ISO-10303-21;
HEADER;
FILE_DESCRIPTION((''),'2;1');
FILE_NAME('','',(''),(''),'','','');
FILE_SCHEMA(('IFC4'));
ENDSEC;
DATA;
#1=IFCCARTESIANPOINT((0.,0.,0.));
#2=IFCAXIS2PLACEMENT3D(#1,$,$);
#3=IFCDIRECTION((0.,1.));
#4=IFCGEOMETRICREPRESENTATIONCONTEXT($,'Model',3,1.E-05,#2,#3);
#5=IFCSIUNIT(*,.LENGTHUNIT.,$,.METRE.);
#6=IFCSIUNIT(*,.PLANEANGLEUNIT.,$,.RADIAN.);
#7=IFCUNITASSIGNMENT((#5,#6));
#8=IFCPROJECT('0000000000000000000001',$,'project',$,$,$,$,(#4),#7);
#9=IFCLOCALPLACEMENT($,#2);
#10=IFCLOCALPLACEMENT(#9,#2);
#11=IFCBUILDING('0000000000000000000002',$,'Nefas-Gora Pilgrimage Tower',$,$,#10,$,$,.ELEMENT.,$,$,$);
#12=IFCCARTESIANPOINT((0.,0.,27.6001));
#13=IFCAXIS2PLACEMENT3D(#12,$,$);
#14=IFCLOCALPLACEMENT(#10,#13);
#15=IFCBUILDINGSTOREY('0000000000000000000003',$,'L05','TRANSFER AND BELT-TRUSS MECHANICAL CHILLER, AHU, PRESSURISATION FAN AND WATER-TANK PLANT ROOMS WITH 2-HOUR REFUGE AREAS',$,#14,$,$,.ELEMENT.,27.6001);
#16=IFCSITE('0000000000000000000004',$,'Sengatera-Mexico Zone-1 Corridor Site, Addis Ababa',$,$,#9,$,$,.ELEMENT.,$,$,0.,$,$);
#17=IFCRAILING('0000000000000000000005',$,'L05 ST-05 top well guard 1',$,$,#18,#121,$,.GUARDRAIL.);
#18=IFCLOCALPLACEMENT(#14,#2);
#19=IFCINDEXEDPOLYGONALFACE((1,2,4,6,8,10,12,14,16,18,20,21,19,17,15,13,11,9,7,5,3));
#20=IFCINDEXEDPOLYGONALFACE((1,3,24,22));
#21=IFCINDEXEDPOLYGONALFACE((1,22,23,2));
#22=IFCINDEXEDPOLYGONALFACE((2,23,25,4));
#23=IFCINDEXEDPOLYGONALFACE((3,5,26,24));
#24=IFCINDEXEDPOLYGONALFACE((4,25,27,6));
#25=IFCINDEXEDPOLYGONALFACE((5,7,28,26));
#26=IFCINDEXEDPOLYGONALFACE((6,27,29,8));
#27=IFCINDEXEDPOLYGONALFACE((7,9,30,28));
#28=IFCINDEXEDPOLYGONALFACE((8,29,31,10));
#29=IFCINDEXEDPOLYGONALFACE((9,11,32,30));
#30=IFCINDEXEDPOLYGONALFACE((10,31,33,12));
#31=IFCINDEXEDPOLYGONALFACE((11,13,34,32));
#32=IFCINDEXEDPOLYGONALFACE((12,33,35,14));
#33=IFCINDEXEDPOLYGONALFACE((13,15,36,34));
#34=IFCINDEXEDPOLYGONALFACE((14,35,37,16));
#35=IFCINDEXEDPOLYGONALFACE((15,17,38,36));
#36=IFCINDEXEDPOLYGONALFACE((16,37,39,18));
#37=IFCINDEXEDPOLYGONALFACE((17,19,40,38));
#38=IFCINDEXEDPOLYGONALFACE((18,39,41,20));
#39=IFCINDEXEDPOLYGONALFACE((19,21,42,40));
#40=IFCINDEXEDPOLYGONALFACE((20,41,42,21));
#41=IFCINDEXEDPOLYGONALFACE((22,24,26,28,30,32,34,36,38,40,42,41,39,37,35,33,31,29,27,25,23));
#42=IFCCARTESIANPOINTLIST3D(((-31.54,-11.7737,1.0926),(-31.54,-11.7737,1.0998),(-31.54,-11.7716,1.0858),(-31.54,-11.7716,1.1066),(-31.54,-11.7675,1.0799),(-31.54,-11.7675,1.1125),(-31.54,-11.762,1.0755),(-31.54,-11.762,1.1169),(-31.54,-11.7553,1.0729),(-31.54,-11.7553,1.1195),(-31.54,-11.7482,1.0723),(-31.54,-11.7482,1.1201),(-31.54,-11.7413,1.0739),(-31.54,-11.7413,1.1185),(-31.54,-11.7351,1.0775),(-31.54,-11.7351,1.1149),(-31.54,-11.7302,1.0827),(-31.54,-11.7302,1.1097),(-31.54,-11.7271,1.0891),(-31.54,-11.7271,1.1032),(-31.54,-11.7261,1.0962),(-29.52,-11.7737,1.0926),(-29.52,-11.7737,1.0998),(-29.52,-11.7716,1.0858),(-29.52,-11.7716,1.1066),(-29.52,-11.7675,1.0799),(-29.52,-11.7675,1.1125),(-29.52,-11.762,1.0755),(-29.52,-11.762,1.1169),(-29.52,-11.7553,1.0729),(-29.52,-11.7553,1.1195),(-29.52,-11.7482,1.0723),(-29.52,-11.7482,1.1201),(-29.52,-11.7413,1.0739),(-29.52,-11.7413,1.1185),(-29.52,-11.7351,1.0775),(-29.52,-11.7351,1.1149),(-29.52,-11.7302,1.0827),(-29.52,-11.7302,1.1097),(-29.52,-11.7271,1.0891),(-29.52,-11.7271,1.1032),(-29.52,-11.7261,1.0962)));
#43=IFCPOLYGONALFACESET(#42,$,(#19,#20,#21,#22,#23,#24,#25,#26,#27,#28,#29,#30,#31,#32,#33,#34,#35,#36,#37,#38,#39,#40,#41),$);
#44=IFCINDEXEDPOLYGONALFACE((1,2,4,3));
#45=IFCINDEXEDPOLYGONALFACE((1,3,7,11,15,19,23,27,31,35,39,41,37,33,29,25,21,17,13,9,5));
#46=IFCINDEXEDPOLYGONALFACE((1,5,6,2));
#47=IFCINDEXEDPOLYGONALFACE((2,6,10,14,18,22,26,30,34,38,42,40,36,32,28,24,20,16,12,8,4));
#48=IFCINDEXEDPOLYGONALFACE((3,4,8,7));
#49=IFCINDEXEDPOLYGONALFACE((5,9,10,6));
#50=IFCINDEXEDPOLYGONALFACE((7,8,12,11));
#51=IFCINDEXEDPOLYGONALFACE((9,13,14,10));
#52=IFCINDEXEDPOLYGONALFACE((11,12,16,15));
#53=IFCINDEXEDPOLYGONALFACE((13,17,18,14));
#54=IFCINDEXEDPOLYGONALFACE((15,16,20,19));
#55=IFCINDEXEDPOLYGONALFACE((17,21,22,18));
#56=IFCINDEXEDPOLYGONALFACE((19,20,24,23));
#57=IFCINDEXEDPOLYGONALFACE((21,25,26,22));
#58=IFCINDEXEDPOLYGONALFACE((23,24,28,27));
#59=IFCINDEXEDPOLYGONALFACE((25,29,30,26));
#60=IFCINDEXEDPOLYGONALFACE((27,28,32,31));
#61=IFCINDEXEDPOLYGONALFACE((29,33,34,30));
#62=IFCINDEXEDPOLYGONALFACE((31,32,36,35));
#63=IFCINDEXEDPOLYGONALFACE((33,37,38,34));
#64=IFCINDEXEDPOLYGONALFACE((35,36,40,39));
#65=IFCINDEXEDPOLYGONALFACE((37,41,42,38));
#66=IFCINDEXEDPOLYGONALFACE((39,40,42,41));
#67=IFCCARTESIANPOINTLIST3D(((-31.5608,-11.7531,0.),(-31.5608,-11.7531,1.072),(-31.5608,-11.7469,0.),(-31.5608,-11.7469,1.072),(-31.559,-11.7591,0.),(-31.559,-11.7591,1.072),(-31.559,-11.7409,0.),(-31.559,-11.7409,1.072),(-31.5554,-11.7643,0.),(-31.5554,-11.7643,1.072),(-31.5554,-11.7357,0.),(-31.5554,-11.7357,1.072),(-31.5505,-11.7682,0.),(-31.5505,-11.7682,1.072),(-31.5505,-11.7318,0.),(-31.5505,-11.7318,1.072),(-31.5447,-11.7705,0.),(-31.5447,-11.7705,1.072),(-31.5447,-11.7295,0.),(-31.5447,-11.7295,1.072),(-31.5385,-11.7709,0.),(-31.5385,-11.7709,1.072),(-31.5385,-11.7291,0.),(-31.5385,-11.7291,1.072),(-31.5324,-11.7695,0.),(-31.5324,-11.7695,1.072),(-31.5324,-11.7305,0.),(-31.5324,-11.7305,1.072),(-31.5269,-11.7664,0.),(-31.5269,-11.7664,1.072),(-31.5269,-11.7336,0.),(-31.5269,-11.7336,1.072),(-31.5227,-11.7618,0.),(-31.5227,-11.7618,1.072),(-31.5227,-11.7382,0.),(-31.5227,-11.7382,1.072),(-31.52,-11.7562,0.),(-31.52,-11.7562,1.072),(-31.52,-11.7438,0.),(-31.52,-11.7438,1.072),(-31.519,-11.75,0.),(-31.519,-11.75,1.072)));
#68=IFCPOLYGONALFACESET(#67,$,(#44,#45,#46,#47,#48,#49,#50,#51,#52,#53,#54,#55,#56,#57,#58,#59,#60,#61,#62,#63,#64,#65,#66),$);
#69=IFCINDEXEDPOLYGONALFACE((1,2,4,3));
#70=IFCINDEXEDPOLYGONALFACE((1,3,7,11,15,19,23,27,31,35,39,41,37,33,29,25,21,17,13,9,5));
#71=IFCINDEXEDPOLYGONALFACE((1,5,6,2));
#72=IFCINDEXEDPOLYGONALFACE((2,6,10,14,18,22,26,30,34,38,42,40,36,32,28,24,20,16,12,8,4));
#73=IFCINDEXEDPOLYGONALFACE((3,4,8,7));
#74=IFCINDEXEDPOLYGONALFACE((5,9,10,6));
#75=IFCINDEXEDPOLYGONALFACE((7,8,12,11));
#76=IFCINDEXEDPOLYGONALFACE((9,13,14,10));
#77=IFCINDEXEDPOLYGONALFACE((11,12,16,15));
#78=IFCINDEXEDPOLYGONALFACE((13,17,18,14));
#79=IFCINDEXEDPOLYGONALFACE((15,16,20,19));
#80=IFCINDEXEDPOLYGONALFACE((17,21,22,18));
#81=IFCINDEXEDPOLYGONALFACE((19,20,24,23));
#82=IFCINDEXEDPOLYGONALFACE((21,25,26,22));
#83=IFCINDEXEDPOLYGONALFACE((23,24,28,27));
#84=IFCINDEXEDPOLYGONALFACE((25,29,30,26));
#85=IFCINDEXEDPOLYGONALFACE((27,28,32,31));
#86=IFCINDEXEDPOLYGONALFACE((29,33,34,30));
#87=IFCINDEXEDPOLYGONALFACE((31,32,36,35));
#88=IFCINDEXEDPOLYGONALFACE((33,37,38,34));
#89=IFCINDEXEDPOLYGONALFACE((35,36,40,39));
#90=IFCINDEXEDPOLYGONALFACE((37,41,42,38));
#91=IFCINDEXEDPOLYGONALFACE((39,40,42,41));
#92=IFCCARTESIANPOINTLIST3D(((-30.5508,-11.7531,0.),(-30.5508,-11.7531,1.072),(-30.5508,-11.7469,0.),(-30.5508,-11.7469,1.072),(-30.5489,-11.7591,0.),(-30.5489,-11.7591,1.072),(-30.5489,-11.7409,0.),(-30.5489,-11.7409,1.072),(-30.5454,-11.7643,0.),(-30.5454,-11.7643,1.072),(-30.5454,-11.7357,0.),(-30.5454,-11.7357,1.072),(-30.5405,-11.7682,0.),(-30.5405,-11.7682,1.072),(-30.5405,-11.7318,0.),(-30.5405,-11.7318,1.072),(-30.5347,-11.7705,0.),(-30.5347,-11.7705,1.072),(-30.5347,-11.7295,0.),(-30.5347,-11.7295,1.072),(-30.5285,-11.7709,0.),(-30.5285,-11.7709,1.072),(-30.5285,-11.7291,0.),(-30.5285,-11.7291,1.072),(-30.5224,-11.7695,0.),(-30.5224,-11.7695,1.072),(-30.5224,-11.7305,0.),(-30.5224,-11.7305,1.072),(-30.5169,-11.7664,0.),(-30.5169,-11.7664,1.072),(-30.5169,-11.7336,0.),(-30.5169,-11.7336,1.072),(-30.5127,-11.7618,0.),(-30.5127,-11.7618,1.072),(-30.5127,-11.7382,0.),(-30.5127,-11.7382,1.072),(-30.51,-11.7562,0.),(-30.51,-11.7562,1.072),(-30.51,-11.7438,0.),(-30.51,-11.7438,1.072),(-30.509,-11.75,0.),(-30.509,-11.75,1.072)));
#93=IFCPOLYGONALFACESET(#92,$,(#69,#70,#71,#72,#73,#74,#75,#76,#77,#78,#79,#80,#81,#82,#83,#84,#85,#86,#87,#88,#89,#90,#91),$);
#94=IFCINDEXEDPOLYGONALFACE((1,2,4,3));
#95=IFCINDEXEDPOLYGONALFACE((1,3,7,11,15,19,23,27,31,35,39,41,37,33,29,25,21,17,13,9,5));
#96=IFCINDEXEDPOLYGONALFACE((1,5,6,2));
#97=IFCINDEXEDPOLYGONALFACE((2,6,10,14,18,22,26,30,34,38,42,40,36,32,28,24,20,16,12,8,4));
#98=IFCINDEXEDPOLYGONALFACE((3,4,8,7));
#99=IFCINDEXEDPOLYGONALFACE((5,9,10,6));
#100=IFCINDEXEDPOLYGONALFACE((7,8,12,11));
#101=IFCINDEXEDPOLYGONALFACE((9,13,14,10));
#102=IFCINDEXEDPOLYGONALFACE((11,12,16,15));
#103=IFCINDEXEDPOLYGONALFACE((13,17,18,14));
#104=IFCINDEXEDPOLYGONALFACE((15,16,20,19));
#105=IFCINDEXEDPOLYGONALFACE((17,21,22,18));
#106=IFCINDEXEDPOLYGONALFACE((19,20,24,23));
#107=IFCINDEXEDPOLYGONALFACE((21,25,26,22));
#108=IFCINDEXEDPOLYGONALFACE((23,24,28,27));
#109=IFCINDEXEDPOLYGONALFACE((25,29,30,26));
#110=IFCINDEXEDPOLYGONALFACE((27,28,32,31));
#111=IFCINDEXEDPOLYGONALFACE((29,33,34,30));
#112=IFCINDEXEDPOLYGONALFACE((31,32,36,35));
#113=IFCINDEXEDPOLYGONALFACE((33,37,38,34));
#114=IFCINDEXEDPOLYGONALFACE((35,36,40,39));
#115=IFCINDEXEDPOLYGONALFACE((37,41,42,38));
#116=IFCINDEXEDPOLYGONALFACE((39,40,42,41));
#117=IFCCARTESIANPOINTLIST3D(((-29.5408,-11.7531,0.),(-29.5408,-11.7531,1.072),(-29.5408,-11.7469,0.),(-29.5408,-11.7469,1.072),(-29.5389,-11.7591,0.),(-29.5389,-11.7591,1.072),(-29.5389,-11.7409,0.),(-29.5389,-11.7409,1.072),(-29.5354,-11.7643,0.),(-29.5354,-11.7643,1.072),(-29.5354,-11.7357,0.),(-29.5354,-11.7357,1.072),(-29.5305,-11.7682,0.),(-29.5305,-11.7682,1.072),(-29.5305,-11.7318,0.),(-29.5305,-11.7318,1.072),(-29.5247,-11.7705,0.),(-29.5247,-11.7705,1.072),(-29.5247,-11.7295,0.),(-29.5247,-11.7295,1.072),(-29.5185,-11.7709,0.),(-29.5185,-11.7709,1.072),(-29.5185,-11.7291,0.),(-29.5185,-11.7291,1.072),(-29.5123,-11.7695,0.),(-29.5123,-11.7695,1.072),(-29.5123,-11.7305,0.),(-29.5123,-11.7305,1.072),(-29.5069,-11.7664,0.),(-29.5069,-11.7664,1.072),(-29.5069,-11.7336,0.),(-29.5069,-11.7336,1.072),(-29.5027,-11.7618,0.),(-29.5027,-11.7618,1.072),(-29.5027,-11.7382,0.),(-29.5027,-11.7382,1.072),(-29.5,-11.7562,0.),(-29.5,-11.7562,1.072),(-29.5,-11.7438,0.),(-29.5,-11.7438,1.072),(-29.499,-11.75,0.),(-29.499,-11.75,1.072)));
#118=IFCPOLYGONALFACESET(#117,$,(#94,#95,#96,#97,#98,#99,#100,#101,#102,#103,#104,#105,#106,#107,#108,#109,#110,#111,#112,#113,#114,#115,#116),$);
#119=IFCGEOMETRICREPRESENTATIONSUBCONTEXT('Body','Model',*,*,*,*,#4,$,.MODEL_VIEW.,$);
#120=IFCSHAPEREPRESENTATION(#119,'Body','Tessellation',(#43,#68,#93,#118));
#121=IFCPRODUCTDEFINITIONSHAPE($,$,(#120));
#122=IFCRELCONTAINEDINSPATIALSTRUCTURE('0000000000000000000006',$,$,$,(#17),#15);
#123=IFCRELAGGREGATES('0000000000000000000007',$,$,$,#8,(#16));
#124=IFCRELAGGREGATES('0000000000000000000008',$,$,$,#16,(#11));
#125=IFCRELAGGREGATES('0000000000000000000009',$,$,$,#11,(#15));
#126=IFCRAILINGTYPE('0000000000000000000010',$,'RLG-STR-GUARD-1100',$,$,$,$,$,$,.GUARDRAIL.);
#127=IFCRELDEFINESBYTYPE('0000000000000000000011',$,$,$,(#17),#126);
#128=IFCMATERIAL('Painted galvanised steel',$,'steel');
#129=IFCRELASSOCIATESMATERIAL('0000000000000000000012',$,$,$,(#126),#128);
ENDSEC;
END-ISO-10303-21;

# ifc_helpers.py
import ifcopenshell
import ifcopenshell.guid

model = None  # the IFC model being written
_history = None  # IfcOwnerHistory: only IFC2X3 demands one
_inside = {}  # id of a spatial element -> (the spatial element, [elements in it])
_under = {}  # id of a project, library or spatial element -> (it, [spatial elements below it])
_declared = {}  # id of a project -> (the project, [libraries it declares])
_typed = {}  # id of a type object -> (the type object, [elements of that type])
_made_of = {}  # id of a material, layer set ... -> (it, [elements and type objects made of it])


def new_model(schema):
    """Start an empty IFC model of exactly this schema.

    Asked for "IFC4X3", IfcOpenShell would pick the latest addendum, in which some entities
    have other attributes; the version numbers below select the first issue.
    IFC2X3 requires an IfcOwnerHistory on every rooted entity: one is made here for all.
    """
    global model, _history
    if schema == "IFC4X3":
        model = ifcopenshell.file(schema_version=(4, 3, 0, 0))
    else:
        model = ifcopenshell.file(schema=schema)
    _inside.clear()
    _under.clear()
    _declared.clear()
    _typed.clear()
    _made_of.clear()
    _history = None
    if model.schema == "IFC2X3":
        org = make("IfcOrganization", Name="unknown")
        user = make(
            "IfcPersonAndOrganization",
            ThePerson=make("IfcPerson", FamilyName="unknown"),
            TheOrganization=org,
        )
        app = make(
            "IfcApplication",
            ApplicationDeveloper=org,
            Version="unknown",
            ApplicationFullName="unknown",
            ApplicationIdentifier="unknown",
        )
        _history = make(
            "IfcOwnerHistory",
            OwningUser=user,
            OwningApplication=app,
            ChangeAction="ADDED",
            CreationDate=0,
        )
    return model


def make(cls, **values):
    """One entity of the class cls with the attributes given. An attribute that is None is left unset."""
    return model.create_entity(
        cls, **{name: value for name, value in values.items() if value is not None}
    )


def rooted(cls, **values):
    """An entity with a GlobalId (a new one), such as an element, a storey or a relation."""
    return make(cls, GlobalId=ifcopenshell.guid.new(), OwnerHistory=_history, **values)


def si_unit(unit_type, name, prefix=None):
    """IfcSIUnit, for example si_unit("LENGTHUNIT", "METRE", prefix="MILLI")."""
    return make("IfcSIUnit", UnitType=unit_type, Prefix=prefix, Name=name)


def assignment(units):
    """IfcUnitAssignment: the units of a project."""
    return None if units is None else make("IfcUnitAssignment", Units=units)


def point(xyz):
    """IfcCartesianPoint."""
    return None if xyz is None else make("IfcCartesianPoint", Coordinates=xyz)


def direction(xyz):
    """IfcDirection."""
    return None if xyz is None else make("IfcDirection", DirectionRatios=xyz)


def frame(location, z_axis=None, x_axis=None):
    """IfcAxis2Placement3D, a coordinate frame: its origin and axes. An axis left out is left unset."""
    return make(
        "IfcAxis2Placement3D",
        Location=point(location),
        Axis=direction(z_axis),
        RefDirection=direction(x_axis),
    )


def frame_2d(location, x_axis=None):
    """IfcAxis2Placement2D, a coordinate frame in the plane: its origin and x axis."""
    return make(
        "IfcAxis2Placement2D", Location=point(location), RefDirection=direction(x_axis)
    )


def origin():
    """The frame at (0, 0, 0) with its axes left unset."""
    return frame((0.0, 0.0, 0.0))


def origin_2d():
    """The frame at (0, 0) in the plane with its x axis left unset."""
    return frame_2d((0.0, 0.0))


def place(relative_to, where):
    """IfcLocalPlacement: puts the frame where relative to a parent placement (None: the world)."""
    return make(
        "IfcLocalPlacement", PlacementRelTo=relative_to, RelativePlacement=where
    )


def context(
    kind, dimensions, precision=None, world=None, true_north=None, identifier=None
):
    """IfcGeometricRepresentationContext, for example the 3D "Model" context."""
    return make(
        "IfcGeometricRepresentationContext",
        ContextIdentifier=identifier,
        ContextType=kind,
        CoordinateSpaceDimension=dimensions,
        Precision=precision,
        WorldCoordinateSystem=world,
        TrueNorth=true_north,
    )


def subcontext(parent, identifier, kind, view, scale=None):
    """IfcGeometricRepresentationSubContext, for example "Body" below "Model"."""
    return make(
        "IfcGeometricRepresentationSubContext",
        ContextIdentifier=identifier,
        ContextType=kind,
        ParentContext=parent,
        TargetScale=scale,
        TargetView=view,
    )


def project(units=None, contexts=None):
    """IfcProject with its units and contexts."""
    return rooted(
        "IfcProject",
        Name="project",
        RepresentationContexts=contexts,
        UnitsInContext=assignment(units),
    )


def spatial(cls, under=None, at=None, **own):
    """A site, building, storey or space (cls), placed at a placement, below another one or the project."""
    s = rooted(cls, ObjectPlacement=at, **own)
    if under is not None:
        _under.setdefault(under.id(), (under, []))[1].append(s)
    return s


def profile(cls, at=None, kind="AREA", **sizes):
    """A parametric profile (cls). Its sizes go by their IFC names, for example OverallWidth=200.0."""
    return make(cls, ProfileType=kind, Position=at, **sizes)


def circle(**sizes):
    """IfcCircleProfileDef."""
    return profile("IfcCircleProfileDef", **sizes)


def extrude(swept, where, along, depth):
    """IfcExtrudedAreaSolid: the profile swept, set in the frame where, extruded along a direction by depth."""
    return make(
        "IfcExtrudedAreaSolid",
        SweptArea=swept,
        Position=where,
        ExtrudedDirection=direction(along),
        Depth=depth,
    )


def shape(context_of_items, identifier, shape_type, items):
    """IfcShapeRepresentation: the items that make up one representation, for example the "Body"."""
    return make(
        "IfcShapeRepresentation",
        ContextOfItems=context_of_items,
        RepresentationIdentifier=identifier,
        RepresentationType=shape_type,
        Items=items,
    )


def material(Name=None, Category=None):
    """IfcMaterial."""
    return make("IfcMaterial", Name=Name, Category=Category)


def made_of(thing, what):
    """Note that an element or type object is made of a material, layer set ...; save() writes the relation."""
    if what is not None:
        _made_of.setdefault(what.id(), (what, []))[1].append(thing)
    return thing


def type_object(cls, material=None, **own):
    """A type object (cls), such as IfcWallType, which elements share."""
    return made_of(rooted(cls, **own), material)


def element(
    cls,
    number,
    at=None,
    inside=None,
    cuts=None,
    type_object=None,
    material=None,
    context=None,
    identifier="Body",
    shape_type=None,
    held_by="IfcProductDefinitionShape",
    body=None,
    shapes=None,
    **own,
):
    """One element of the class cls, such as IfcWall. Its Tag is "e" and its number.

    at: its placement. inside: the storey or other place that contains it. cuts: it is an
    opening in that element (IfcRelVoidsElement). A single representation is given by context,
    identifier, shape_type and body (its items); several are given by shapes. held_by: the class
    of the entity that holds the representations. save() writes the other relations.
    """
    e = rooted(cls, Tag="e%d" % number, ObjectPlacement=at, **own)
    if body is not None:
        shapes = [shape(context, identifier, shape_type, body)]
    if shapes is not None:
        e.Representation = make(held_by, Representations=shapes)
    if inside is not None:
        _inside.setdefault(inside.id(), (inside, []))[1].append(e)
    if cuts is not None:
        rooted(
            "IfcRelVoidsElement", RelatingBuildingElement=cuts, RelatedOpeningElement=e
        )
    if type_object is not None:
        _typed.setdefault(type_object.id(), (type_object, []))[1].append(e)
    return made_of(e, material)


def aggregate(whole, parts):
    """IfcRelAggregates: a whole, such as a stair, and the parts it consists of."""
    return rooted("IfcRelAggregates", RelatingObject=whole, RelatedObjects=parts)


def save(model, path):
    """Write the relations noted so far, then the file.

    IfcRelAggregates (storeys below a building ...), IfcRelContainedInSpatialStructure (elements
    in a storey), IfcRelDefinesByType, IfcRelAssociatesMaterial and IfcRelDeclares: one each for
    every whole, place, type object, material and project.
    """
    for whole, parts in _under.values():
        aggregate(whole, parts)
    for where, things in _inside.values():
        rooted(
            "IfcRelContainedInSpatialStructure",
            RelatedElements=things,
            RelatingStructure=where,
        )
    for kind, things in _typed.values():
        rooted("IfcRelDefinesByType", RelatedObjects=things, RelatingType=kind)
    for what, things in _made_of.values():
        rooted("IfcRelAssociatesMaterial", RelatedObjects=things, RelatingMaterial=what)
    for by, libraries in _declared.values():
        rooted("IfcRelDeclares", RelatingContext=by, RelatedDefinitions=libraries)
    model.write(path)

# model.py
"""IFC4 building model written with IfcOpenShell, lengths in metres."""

from ifc_helpers import new_model, si_unit, direction, frame, origin, origin_2d, place, context, subcontext, project, spatial, circle, extrude, material, type_object, element, save


model = new_model("IFC4")

# Units and contexts
model_context = context("Model", 3, precision=1e-05, world=origin(), true_north=direction((0.0, 1.0)))
body_context = subcontext(model_context, "Body", "Model", "MODEL_VIEW")
ifc_project = project(units=[si_unit("LENGTHUNIT", "METRE"), si_unit("PLANEANGLEUNIT", "RADIAN")], contexts=[model_context])

# Site, building, storey
site_placement = place(None, origin())
site = spatial("IfcSite", under=ifc_project, at=site_placement, Name="Sengatera-Mexico Zone-1 Corridor Site, Addis Ababa", CompositionType="ELEMENT", RefElevation=0.0)
building_placement = place(site_placement, origin())
building = spatial("IfcBuilding", under=site, at=building_placement, Name="Nefas-Gora Pilgrimage Tower", CompositionType="ELEMENT")
storey_placement = place(building_placement, frame((0.0, 0.0, 27.6001)))
storey = spatial("IfcBuildingStorey", under=building, at=storey_placement, Name="L05", Description="TRANSFER AND BELT-TRUSS MECHANICAL CHILLER, AHU, PRESSURISATION FAN AND WATER-TANK PLANT ROOMS WITH 2-HOUR REFUGE AREAS", CompositionType="ELEMENT", Elevation=27.6001)

# Railing
ifc_material_1 = material(Name="Painted galvanised steel", Category="steel")
railing_type = type_object("IfcRailingType", Name="RLG-STR-GUARD-1100", PredefinedType="GUARDRAIL", material=ifc_material_1)
railing_placement = place(storey_placement, frame((-31.54, -11.75, 0.0)))
element("IfcRailing", 1, at=railing_placement, inside=storey, type_object=railing_type, Name="L05 ST-05 top well guard 1", PredefinedType="GUARDRAIL", context=body_context, shape_type="SweptSolid", body=[
    extrude(circle(Radius=0.0239, at=origin_2d()), frame((0.0, 0.0, 1.0962), z_axis=(1.0, 0.0, 0.0), x_axis=(0.0, 1.0, 0.0)), (0.0, 0.0, 1.0), 2.02),
    extrude(circle(Radius=0.021, at=origin_2d()), origin(), (0.0, 0.0, 1.0), 1.072),
    extrude(circle(Radius=0.021, at=origin_2d()), frame((1.01, 0.0, 0.0)), (0.0, 0.0, 1.0), 1.072),
    extrude(circle(Radius=0.021, at=origin_2d()), frame((2.02, 0.0, 0.0)), (0.0, 0.0, 1.0), 1.072),
])

save(model, "model.ifc")
